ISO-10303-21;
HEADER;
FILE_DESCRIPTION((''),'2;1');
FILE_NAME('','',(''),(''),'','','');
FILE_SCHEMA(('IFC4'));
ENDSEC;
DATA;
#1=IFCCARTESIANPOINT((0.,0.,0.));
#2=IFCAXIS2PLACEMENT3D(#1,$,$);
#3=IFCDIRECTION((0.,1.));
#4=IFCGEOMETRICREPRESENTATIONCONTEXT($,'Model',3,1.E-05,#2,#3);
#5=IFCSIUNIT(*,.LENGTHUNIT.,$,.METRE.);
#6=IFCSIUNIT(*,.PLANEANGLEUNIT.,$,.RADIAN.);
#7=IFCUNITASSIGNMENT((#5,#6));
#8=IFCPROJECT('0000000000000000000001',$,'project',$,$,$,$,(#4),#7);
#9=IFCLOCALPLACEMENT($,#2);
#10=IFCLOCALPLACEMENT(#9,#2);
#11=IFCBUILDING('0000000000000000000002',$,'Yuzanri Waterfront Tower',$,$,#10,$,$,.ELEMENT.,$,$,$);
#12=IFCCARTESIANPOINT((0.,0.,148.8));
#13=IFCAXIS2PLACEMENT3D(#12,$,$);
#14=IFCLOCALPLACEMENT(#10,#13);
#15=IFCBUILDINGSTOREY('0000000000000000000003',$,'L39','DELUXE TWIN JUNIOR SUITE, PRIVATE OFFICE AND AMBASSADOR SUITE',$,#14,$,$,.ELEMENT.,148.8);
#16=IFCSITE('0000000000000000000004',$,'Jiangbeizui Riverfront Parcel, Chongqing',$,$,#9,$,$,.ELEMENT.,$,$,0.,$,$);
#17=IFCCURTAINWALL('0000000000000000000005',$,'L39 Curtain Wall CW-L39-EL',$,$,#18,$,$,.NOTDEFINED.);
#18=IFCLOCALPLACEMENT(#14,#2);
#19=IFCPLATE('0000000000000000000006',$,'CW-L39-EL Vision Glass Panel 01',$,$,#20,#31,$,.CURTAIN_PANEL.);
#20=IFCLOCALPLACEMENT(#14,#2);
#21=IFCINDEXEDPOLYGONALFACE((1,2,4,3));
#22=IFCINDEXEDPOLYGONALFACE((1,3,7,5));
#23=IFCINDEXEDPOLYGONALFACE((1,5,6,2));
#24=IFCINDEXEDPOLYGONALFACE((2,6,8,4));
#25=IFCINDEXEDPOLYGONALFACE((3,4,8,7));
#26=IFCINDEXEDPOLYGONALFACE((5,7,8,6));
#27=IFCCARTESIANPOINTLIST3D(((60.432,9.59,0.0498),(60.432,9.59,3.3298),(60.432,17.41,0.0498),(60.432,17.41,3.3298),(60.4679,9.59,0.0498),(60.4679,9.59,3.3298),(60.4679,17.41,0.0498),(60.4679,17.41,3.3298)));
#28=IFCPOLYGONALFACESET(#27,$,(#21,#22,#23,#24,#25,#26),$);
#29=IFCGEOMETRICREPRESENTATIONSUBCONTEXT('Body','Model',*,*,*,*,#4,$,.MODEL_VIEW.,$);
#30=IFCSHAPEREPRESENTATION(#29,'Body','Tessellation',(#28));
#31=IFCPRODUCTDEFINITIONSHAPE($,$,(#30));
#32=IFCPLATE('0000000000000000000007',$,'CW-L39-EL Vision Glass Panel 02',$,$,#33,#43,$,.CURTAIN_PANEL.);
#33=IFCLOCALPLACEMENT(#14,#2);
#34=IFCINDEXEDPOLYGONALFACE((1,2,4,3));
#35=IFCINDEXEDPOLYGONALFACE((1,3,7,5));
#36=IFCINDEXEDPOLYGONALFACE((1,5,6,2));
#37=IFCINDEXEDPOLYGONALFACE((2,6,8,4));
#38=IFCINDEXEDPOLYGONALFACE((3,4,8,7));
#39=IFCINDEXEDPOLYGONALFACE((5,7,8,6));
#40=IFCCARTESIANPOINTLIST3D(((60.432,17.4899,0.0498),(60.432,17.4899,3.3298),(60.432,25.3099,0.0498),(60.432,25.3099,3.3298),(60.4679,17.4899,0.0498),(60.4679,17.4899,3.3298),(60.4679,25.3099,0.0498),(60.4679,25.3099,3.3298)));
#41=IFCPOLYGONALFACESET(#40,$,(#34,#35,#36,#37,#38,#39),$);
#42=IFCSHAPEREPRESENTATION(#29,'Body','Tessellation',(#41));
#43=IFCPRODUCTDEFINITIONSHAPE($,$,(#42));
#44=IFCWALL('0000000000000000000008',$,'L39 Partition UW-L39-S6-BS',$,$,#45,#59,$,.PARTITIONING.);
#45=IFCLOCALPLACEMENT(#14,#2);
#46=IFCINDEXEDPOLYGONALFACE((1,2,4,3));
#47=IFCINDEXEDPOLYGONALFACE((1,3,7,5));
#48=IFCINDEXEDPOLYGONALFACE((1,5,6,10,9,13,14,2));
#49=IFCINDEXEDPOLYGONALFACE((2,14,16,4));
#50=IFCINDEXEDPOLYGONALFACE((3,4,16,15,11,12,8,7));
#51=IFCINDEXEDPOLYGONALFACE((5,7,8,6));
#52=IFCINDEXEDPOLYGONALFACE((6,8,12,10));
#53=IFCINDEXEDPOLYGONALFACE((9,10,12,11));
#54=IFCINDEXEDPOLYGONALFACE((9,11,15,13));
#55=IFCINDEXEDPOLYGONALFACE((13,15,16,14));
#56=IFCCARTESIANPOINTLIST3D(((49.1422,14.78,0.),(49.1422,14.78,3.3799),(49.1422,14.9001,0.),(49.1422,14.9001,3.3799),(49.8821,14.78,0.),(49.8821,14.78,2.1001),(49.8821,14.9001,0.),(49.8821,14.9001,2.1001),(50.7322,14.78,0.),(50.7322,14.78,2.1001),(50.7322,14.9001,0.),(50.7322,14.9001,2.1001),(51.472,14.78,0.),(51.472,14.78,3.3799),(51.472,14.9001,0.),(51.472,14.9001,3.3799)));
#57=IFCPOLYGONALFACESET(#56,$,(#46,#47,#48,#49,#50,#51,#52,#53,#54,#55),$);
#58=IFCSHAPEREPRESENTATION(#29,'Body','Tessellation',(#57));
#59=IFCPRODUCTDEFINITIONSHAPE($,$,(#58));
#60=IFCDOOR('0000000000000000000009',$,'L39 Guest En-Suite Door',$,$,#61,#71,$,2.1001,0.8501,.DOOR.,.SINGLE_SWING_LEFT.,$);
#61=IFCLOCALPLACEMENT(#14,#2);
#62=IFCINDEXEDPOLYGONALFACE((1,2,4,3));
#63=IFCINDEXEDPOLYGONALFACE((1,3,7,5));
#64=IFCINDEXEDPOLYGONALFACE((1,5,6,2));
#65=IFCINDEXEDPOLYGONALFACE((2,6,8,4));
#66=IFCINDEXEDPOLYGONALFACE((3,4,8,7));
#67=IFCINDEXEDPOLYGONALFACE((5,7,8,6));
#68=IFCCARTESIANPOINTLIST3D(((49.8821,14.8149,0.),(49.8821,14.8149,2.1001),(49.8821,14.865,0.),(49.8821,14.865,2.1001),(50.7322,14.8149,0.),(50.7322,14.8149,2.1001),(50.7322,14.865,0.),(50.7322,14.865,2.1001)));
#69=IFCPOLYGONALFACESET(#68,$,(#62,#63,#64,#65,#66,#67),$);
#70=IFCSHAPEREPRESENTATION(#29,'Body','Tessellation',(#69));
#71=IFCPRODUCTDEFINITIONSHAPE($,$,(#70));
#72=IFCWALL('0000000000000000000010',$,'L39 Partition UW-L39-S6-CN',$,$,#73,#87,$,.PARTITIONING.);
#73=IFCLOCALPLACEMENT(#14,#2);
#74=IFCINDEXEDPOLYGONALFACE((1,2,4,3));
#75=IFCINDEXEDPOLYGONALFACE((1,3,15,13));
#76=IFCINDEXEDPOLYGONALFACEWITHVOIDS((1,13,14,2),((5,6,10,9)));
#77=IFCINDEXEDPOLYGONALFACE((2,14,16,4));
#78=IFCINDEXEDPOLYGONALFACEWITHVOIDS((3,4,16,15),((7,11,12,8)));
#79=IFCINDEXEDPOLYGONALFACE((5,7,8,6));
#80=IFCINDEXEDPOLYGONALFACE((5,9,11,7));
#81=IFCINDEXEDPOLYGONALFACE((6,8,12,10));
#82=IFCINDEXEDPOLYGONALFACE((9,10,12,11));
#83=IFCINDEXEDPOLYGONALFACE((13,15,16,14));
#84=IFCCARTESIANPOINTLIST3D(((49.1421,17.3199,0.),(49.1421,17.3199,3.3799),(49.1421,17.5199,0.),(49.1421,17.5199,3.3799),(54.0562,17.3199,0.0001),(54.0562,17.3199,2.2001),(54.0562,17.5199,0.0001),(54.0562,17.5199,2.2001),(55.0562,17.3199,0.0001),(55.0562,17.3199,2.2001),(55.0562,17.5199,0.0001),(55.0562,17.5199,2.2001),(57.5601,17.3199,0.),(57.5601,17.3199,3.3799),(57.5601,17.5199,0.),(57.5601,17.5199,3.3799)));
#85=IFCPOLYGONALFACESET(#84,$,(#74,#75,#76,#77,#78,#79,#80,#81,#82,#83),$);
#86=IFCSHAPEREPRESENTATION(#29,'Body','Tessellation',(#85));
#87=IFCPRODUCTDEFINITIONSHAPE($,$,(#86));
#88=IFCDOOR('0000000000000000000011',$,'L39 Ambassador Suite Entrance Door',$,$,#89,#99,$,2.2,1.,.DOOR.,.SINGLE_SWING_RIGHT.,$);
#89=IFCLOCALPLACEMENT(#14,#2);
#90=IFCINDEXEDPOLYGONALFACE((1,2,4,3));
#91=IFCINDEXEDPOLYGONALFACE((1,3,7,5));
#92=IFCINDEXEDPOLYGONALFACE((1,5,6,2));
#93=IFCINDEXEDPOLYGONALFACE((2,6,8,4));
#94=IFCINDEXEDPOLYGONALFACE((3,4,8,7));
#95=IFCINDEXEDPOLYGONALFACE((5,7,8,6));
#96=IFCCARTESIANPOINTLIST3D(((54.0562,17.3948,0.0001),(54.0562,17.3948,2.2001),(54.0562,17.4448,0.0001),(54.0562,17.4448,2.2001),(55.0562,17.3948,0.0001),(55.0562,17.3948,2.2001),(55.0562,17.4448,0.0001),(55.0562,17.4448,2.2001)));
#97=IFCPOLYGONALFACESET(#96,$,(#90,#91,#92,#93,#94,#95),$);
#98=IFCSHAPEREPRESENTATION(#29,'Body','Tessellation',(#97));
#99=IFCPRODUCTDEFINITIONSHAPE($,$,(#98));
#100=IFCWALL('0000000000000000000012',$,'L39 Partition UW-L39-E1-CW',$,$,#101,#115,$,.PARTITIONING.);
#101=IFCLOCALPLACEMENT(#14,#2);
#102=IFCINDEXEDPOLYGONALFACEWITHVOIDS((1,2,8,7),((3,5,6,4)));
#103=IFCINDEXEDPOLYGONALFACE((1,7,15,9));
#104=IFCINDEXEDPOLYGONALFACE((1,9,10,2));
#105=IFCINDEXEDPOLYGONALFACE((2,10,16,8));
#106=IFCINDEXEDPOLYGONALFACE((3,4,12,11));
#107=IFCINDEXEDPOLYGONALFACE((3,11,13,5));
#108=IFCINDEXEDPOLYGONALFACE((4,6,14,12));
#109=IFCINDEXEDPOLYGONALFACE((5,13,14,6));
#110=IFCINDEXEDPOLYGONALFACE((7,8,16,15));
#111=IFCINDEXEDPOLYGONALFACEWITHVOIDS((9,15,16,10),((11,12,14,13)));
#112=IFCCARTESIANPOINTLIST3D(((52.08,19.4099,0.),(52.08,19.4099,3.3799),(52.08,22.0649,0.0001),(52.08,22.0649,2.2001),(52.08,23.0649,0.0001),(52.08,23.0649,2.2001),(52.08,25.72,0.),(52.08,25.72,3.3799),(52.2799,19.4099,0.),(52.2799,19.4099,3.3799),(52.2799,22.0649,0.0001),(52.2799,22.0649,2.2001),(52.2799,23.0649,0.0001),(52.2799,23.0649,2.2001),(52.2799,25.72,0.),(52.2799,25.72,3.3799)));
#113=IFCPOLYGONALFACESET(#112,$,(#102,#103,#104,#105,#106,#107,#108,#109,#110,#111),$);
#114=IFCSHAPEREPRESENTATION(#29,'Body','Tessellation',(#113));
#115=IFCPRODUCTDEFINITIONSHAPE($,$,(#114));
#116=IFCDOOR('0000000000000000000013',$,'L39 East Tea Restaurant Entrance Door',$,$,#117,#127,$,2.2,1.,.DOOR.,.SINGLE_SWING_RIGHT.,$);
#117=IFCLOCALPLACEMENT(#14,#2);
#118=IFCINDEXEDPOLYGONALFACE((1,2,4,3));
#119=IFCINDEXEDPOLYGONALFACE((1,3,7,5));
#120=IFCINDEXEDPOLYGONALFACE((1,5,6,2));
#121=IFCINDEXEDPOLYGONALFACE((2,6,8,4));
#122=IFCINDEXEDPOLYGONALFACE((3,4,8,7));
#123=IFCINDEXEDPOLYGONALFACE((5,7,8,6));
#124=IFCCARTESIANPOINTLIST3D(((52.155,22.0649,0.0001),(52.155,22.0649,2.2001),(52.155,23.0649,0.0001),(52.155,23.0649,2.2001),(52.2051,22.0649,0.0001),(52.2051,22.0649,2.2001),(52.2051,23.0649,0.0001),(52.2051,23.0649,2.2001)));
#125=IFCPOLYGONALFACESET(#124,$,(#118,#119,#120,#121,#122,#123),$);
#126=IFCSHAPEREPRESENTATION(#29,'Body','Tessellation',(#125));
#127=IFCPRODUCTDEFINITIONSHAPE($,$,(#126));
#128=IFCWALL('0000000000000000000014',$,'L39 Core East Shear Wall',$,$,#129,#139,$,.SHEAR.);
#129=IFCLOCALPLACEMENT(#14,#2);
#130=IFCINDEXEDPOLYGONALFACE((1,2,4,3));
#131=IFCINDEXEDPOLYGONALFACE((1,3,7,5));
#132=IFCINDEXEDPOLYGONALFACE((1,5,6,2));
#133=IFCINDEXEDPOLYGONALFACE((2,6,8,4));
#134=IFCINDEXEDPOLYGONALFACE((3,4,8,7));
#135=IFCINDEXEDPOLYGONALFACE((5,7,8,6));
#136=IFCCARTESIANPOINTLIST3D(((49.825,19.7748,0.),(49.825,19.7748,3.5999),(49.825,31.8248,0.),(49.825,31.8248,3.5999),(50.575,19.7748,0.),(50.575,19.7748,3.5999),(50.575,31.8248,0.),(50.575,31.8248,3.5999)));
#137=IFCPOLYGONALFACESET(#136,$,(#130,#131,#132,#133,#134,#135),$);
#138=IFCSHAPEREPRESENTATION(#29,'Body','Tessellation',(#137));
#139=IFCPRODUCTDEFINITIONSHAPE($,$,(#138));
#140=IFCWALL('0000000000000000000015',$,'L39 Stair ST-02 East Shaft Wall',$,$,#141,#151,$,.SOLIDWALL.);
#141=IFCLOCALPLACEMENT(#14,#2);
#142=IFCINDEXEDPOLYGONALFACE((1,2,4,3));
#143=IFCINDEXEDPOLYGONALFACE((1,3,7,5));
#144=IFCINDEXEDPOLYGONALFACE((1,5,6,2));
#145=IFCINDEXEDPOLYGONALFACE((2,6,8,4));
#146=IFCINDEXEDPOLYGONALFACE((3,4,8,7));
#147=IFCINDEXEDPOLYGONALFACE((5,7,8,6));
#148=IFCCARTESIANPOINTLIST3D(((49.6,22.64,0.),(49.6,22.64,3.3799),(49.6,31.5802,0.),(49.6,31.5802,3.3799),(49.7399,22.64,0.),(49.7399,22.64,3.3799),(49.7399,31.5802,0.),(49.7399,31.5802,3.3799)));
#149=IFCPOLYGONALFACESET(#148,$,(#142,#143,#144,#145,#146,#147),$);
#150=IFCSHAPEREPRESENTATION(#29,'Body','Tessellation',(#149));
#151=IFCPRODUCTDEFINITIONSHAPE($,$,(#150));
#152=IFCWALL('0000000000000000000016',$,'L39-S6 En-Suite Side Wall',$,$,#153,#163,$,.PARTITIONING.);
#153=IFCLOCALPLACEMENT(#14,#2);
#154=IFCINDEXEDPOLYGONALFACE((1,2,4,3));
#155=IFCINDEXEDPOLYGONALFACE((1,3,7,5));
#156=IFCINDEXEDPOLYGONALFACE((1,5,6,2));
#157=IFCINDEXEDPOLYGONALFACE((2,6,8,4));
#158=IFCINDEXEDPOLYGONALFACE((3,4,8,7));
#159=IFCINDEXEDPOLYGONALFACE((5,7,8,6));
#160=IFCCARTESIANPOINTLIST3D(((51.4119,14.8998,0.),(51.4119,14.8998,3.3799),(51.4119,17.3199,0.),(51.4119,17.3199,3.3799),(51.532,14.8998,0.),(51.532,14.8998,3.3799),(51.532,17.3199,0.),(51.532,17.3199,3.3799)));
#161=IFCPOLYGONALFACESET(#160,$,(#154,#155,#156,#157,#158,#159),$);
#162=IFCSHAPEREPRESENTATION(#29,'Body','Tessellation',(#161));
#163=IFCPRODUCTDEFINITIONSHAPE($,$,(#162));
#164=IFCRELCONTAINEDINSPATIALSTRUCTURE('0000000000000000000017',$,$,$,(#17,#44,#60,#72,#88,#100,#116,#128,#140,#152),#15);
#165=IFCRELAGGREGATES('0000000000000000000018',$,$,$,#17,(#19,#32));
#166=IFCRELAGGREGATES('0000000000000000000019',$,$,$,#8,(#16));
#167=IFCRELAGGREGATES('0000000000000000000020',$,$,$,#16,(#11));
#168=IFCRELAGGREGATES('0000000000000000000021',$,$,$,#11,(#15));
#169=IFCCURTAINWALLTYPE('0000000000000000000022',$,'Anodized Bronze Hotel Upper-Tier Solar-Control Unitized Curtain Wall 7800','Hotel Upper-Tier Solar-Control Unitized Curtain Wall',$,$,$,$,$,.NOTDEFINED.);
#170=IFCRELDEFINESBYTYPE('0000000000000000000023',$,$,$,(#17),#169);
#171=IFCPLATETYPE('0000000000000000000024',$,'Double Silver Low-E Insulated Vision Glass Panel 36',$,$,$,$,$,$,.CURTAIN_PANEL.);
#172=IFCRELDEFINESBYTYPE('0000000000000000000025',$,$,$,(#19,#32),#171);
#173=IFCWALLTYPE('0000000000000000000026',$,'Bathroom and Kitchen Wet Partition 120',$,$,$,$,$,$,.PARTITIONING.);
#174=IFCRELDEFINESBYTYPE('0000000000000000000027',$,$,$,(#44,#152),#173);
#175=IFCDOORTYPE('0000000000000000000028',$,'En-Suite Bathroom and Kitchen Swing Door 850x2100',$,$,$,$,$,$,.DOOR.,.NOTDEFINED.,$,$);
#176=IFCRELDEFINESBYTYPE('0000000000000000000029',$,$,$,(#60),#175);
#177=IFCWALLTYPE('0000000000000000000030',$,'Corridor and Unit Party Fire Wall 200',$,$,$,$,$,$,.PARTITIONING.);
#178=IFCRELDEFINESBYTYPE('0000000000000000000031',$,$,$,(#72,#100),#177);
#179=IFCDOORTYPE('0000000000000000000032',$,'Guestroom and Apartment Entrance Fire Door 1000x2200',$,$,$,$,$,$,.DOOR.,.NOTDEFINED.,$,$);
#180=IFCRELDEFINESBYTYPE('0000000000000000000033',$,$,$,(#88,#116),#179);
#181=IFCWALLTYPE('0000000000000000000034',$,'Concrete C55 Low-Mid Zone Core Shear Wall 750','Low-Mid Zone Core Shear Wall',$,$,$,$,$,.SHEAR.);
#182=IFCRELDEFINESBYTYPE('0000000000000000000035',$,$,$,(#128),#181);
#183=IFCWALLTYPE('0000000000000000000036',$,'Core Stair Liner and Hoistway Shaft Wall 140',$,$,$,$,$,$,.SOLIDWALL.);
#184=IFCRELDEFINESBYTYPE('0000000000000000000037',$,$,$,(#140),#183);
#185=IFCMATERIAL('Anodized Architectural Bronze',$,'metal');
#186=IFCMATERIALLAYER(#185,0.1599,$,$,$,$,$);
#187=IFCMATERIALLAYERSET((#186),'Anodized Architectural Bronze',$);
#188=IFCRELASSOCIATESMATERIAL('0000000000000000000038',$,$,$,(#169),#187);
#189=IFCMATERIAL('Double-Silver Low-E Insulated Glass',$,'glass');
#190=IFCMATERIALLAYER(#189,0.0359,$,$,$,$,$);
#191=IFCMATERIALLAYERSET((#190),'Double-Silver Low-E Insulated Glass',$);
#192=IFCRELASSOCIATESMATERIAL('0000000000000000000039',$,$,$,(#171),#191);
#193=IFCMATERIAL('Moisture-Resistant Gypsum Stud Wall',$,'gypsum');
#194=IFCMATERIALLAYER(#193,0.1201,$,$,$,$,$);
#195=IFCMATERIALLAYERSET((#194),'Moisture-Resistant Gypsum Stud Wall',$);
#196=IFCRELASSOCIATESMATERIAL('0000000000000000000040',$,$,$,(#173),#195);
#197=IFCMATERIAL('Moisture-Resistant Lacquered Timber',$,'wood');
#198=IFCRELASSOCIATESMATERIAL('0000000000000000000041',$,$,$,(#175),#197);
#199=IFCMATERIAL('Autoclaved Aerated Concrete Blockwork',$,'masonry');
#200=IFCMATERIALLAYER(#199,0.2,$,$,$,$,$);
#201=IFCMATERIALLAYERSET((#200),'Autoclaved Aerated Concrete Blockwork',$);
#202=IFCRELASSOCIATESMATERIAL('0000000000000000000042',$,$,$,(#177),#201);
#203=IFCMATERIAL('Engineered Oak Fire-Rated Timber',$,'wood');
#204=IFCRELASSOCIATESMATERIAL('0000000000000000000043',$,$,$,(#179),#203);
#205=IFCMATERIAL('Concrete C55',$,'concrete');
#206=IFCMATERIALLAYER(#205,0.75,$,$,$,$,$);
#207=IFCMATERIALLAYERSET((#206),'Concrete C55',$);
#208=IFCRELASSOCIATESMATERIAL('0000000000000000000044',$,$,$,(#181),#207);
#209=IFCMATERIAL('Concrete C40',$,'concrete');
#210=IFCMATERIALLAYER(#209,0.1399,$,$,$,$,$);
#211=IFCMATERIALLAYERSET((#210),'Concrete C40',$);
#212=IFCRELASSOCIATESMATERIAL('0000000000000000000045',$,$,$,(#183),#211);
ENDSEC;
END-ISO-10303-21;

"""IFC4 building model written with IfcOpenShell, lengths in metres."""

from ifc_helpers import new_model, si_unit, direction, frame, frame_2d, origin, origin_2d, place, context, subcontext, project, spatial, rectangle, extrude, source, transform, mapped, material, layer, layer_set, type_object, element, fill, aggregate, save


model = new_model("IFC4")

# Units and contexts
model_context = context("Model", 3, precision=1e-05, world=origin(), true_north=direction((0.0, 1.0)))
body_context = subcontext(model_context, "Body", "Model", "MODEL_VIEW")
ifc_project = project(units=[si_unit("LENGTHUNIT", "METRE"), si_unit("PLANEANGLEUNIT", "RADIAN")], contexts=[model_context])

# Site, building, storey
site_placement = place(None, origin())
site = spatial("IfcSite", under=ifc_project, at=site_placement, Name="Jiangbeizui Riverfront Parcel, Chongqing", CompositionType="ELEMENT", RefElevation=0.0)
building_placement = place(site_placement, origin())
building = spatial("IfcBuilding", under=site, at=building_placement, Name="Yuzanri Waterfront Tower", CompositionType="ELEMENT")
storey_placement = place(building_placement, frame((0.0, 0.0, 148.8)))
storey = spatial("IfcBuildingStorey", under=building, at=storey_placement, Name="L39", Description="DELUXE TWIN JUNIOR SUITE, PRIVATE OFFICE AND AMBASSADOR SUITE", CompositionType="ELEMENT", Elevation=148.8)

# Curtain wall, plates
ifc_material_1 = material(Name="Anodized Architectural Bronze", Category="metal")
ifc_layer_1 = layer(ifc_material_1, 0.1599)
ifc_layer_set_1 = layer_set([ifc_layer_1], Name="Anodized Architectural Bronze")
curtain_wall_type = type_object("IfcCurtainWallType", Name="Anodized Bronze Hotel Upper-Tier Solar-Control Unitized Curtain Wall 7800", Description="Hotel Upper-Tier Solar-Control Unitized Curtain Wall", PredefinedType="NOTDEFINED", material=ifc_layer_set_1)
curtain_wall_placement = place(storey_placement, origin())
curtain_wall = element("IfcCurtainWall", 1, at=curtain_wall_placement, inside=storey, type_object=curtain_wall_type, Name="L39 Curtain Wall CW-L39-EL", PredefinedType="NOTDEFINED")
ifc_material_2 = material(Name="Double-Silver Low-E Insulated Glass", Category="glass")
ifc_layer_2 = layer(ifc_material_2, 0.0359)
ifc_layer_set_2 = layer_set([ifc_layer_2], Name="Double-Silver Low-E Insulated Glass")
plate_type = type_object("IfcPlateType", Name="Double Silver Low-E Insulated Vision Glass Panel 36", PredefinedType="CURTAIN_PANEL", material=ifc_layer_set_2)
shared_shape_1 = source(origin(), body_context, "Body", "SweptSolid", [
    extrude(rectangle(XDim=7.8201, YDim=0.0359, at=origin_2d()), origin(), (0.0, 0.0, 1.0), 3.28),
])
plate_1_placement = place(storey_placement, frame((60.45, 13.5, 0.0498), z_axis=(0.0, 0.0, 1.0), x_axis=(0.0, 1.0, 0.0)))
plate_1 = element("IfcPlate", 2, at=plate_1_placement, type_object=plate_type, Name="CW-L39-EL Vision Glass Panel 01", PredefinedType="CURTAIN_PANEL", context=body_context, shape_type="MappedRepresentation", body=[
    mapped(shared_shape_1, transform((0.0, 0.0, 0.0), scale=1.0)),
])
plate_2_placement = place(storey_placement, frame((60.45, 21.3999, 0.0498), z_axis=(0.0, 0.0, 1.0), x_axis=(0.0, 1.0, 0.0)))
plate_2 = element("IfcPlate", 3, at=plate_2_placement, type_object=plate_type, Name="CW-L39-EL Vision Glass Panel 02", PredefinedType="CURTAIN_PANEL", context=body_context, shape_type="MappedRepresentation", body=[
    mapped(shared_shape_1, transform((0.0, 0.0, 0.0), scale=1.0)),
])
aggregate(curtain_wall, [plate_1, plate_2])

# Walls, openings, doors
ifc_material_3 = material(Name="Moisture-Resistant Gypsum Stud Wall", Category="gypsum")
ifc_layer_3 = layer(ifc_material_3, 0.1201)
ifc_layer_set_3 = layer_set([ifc_layer_3], Name="Moisture-Resistant Gypsum Stud Wall")
wall_type_1 = type_object("IfcWallType", Name="Bathroom and Kitchen Wet Partition 120", PredefinedType="PARTITIONING", material=ifc_layer_set_3)
wall_1_placement = place(storey_placement, frame((49.1421, 14.8401, 0.0), z_axis=(0.0, 0.0, 1.0), x_axis=(1.0, 0.0, 0.0)))
wall_1 = element("IfcWall", 4, at=wall_1_placement, inside=storey, type_object=wall_type_1, Name="L39 Partition UW-L39-S6-BS", PredefinedType="PARTITIONING", context=body_context, shape_type="SweptSolid", body=[
    extrude(rectangle(XDim=2.3298, YDim=0.1201, at=frame_2d((1.165, 0.0))), origin(), (0.0, 0.0, 1.0), 3.3799),
])
opening_1_placement = place(wall_1_placement, frame((0.74, 0.0, 0.0)))
opening_1 = element("IfcOpeningElement", 5, at=opening_1_placement, cuts=wall_1, PredefinedType="OPENING", context=body_context, shape_type="SweptSolid", body=[
    extrude(rectangle(XDim=0.8501, YDim=2.1001, at=frame_2d((0.425, 1.05))), frame((0.0, 0.075, 0.0), z_axis=(0.0, -1.0, 0.0), x_axis=(1.0, 0.0, 0.0)), (0.0, 0.0, 1.0), 0.1499),
])
ifc_material_4 = material(Name="Moisture-Resistant Lacquered Timber", Category="wood")
door_type_1 = type_object("IfcDoorType", Name="En-Suite Bathroom and Kitchen Swing Door 850x2100", OperationType="NOTDEFINED", PredefinedType="DOOR", material=ifc_material_4)
shared_shape_2 = source(origin(), body_context, "Body", "SweptSolid", [
    extrude(rectangle(XDim=0.8501, YDim=2.1001, at=frame_2d((0.425, 1.05))), frame((0.0, 0.0249, 0.0), z_axis=(0.0, -1.0, 0.0), x_axis=(1.0, 0.0, 0.0)), (0.0, 0.0, 1.0), 0.05),
])
door_1_placement = place(opening_1_placement, origin())
door_1 = element("IfcDoor", 6, at=door_1_placement, inside=storey, type_object=door_type_1, Name="L39 Guest En-Suite Door", OperationType="SINGLE_SWING_LEFT", OverallHeight=2.1001, OverallWidth=0.8501, PredefinedType="DOOR", context=body_context, shape_type="MappedRepresentation", body=[
    mapped(shared_shape_2, transform((0.0, 0.0, 0.0), scale=1.0)),
])
fill(opening_1, door_1)
ifc_material_5 = material(Name="Autoclaved Aerated Concrete Blockwork", Category="masonry")
ifc_layer_4 = layer(ifc_material_5, 0.2)
ifc_layer_set_4 = layer_set([ifc_layer_4], Name="Autoclaved Aerated Concrete Blockwork")
wall_type_2 = type_object("IfcWallType", Name="Corridor and Unit Party Fire Wall 200", PredefinedType="PARTITIONING", material=ifc_layer_set_4)
wall_2_placement = place(storey_placement, frame((49.1421, 17.4199, 0.0), z_axis=(0.0, 0.0, 1.0), x_axis=(1.0, 0.0, 0.0)))
wall_2 = element("IfcWall", 7, at=wall_2_placement, inside=storey, type_object=wall_type_2, Name="L39 Partition UW-L39-S6-CN", PredefinedType="PARTITIONING", context=body_context, shape_type="SweptSolid", body=[
    extrude(rectangle(XDim=8.418, YDim=0.2, at=frame_2d((4.209, 0.0))), origin(), (0.0, 0.0, 1.0), 3.3799),
])
opening_2_placement = place(wall_2_placement, frame((4.9141, 0.0, 0.0)))
opening_2 = element("IfcOpeningElement", 8, at=opening_2_placement, cuts=wall_2, PredefinedType="OPENING", context=body_context, shape_type="SweptSolid", body=[
    extrude(rectangle(XDim=1.0, YDim=2.2, at=frame_2d((0.5, 1.1001))), frame((0.0, 0.1147, 0.0), z_axis=(0.0, -1.0, 0.0), x_axis=(1.0, 0.0, 0.0)), (0.0, 0.0, 1.0), 0.2297),
])
ifc_material_6 = material(Name="Engineered Oak Fire-Rated Timber", Category="wood")
door_type_2 = type_object("IfcDoorType", Name="Guestroom and Apartment Entrance Fire Door 1000x2200", OperationType="NOTDEFINED", PredefinedType="DOOR", material=ifc_material_6)
shared_shape_3 = source(origin(), body_context, "Body", "SweptSolid", [
    extrude(rectangle(XDim=1.0, YDim=2.2, at=frame_2d((0.5, 1.1001))), frame((0.0, 0.0249, 0.0), z_axis=(0.0, -1.0, 0.0), x_axis=(1.0, 0.0, 0.0)), (0.0, 0.0, 1.0), 0.05),
])
door_2_placement = place(opening_2_placement, origin())
door_2 = element("IfcDoor", 9, at=door_2_placement, inside=storey, type_object=door_type_2, Name="L39 Ambassador Suite Entrance Door", OperationType="SINGLE_SWING_RIGHT", OverallHeight=2.2, OverallWidth=1.0, PredefinedType="DOOR", context=body_context, shape_type="MappedRepresentation", body=[
    mapped(shared_shape_3, transform((0.0, 0.0, 0.0), scale=1.0)),
])
fill(opening_2, door_2)
wall_3_placement = place(storey_placement, frame((52.1799, 19.4099, 0.0), z_axis=(0.0, 0.0, 1.0), x_axis=(0.0, 1.0, 0.0)))
wall_3 = element("IfcWall", 10, at=wall_3_placement, inside=storey, type_object=wall_type_2, Name="L39 Partition UW-L39-E1-CW", PredefinedType="PARTITIONING", context=body_context, shape_type="SweptSolid", body=[
    extrude(rectangle(XDim=6.3101, YDim=0.2, at=frame_2d((3.155, 0.0))), origin(), (0.0, 0.0, 1.0), 3.3799),
])
opening_3_placement = place(wall_3_placement, frame((2.655, 0.0, 0.0)))
opening_3 = element("IfcOpeningElement", 11, at=opening_3_placement, cuts=wall_3, PredefinedType="OPENING", context=body_context, shape_type="SweptSolid", body=[
    extrude(rectangle(XDim=1.0, YDim=2.2, at=frame_2d((0.5, 1.1001))), frame((0.0, 0.1147, 0.0), z_axis=(0.0, -1.0, 0.0), x_axis=(1.0, 0.0, 0.0)), (0.0, 0.0, 1.0), 0.2297),
])
door_3_placement = place(opening_3_placement, origin())
door_3 = element("IfcDoor", 12, at=door_3_placement, inside=storey, type_object=door_type_2, Name="L39 East Tea Restaurant Entrance Door", OperationType="SINGLE_SWING_RIGHT", OverallHeight=2.2, OverallWidth=1.0, PredefinedType="DOOR", context=body_context, shape_type="MappedRepresentation", body=[
    mapped(shared_shape_3, transform((0.0, 0.0, 0.0), scale=1.0)),
])
fill(opening_3, door_3)

# Walls
ifc_material_7 = material(Name="Concrete C55", Category="concrete")
ifc_layer_5 = layer(ifc_material_7, 0.75)
ifc_layer_set_5 = layer_set([ifc_layer_5], Name="Concrete C55")
wall_type_3 = type_object("IfcWallType", Name="Concrete C55 Low-Mid Zone Core Shear Wall 750", Description="Low-Mid Zone Core Shear Wall", PredefinedType="SHEAR", material=ifc_layer_set_5)
shared_shape_4 = source(origin(), body_context, "Body", "SweptSolid", [
    extrude(rectangle(XDim=12.05, YDim=0.75, at=frame_2d((6.0249, 0.0))), origin(), (0.0, 0.0, 1.0), 3.5999),
])
wall_4_placement = place(storey_placement, frame((50.2, 19.7749, 0.0), z_axis=(0.0, 0.0, 1.0), x_axis=(0.0, 1.0, 0.0)))
element("IfcWall", 13, at=wall_4_placement, inside=storey, type_object=wall_type_3, Name="L39 Core East Shear Wall", PredefinedType="SHEAR", context=body_context, shape_type="MappedRepresentation", body=[
    mapped(shared_shape_4, transform((0.0, 0.0, 0.0), scale=1.0)),
])
ifc_material_8 = material(Name="Concrete C40", Category="concrete")
ifc_layer_6 = layer(ifc_material_8, 0.1399)
ifc_layer_set_6 = layer_set([ifc_layer_6], Name="Concrete C40")
wall_type_4 = type_object("IfcWallType", Name="Core Stair Liner and Hoistway Shaft Wall 140", PredefinedType="SOLIDWALL", material=ifc_layer_set_6)
shared_shape_5 = source(origin(), body_context, "Body", "SweptSolid", [
    extrude(rectangle(XDim=8.9402, YDim=0.1399, at=frame_2d((4.4702, 0.0))), origin(), (0.0, 0.0, 1.0), 3.3799),
])
wall_5_placement = place(storey_placement, frame((49.6699, 22.6399, 0.0), z_axis=(0.0, 0.0, 1.0), x_axis=(0.0, 1.0, 0.0)))
element("IfcWall", 14, at=wall_5_placement, inside=storey, type_object=wall_type_4, Name="L39 Stair ST-02 East Shaft Wall", PredefinedType="SOLIDWALL", context=body_context, shape_type="MappedRepresentation", body=[
    mapped(shared_shape_5, transform((0.0, 0.0, 0.0), scale=1.0)),
])
shared_shape_6 = source(origin(), body_context, "Body", "SweptSolid", [
    extrude(rectangle(XDim=2.4202, YDim=0.1201, at=frame_2d((1.21, 0.0))), origin(), (0.0, 0.0, 1.0), 3.3799),
])
wall_6_placement = place(storey_placement, frame((51.4719, 14.8999, 0.0), z_axis=(0.0, 0.0, 1.0), x_axis=(0.0, 1.0, 0.0)))
element("IfcWall", 15, at=wall_6_placement, inside=storey, type_object=wall_type_1, Name="L39-S6 En-Suite Side Wall", PredefinedType="PARTITIONING", context=body_context, shape_type="MappedRepresentation", body=[
    mapped(shared_shape_6, transform((0.0, 0.0, 0.0), scale=1.0)),
])

save(model, "model.ifc")
